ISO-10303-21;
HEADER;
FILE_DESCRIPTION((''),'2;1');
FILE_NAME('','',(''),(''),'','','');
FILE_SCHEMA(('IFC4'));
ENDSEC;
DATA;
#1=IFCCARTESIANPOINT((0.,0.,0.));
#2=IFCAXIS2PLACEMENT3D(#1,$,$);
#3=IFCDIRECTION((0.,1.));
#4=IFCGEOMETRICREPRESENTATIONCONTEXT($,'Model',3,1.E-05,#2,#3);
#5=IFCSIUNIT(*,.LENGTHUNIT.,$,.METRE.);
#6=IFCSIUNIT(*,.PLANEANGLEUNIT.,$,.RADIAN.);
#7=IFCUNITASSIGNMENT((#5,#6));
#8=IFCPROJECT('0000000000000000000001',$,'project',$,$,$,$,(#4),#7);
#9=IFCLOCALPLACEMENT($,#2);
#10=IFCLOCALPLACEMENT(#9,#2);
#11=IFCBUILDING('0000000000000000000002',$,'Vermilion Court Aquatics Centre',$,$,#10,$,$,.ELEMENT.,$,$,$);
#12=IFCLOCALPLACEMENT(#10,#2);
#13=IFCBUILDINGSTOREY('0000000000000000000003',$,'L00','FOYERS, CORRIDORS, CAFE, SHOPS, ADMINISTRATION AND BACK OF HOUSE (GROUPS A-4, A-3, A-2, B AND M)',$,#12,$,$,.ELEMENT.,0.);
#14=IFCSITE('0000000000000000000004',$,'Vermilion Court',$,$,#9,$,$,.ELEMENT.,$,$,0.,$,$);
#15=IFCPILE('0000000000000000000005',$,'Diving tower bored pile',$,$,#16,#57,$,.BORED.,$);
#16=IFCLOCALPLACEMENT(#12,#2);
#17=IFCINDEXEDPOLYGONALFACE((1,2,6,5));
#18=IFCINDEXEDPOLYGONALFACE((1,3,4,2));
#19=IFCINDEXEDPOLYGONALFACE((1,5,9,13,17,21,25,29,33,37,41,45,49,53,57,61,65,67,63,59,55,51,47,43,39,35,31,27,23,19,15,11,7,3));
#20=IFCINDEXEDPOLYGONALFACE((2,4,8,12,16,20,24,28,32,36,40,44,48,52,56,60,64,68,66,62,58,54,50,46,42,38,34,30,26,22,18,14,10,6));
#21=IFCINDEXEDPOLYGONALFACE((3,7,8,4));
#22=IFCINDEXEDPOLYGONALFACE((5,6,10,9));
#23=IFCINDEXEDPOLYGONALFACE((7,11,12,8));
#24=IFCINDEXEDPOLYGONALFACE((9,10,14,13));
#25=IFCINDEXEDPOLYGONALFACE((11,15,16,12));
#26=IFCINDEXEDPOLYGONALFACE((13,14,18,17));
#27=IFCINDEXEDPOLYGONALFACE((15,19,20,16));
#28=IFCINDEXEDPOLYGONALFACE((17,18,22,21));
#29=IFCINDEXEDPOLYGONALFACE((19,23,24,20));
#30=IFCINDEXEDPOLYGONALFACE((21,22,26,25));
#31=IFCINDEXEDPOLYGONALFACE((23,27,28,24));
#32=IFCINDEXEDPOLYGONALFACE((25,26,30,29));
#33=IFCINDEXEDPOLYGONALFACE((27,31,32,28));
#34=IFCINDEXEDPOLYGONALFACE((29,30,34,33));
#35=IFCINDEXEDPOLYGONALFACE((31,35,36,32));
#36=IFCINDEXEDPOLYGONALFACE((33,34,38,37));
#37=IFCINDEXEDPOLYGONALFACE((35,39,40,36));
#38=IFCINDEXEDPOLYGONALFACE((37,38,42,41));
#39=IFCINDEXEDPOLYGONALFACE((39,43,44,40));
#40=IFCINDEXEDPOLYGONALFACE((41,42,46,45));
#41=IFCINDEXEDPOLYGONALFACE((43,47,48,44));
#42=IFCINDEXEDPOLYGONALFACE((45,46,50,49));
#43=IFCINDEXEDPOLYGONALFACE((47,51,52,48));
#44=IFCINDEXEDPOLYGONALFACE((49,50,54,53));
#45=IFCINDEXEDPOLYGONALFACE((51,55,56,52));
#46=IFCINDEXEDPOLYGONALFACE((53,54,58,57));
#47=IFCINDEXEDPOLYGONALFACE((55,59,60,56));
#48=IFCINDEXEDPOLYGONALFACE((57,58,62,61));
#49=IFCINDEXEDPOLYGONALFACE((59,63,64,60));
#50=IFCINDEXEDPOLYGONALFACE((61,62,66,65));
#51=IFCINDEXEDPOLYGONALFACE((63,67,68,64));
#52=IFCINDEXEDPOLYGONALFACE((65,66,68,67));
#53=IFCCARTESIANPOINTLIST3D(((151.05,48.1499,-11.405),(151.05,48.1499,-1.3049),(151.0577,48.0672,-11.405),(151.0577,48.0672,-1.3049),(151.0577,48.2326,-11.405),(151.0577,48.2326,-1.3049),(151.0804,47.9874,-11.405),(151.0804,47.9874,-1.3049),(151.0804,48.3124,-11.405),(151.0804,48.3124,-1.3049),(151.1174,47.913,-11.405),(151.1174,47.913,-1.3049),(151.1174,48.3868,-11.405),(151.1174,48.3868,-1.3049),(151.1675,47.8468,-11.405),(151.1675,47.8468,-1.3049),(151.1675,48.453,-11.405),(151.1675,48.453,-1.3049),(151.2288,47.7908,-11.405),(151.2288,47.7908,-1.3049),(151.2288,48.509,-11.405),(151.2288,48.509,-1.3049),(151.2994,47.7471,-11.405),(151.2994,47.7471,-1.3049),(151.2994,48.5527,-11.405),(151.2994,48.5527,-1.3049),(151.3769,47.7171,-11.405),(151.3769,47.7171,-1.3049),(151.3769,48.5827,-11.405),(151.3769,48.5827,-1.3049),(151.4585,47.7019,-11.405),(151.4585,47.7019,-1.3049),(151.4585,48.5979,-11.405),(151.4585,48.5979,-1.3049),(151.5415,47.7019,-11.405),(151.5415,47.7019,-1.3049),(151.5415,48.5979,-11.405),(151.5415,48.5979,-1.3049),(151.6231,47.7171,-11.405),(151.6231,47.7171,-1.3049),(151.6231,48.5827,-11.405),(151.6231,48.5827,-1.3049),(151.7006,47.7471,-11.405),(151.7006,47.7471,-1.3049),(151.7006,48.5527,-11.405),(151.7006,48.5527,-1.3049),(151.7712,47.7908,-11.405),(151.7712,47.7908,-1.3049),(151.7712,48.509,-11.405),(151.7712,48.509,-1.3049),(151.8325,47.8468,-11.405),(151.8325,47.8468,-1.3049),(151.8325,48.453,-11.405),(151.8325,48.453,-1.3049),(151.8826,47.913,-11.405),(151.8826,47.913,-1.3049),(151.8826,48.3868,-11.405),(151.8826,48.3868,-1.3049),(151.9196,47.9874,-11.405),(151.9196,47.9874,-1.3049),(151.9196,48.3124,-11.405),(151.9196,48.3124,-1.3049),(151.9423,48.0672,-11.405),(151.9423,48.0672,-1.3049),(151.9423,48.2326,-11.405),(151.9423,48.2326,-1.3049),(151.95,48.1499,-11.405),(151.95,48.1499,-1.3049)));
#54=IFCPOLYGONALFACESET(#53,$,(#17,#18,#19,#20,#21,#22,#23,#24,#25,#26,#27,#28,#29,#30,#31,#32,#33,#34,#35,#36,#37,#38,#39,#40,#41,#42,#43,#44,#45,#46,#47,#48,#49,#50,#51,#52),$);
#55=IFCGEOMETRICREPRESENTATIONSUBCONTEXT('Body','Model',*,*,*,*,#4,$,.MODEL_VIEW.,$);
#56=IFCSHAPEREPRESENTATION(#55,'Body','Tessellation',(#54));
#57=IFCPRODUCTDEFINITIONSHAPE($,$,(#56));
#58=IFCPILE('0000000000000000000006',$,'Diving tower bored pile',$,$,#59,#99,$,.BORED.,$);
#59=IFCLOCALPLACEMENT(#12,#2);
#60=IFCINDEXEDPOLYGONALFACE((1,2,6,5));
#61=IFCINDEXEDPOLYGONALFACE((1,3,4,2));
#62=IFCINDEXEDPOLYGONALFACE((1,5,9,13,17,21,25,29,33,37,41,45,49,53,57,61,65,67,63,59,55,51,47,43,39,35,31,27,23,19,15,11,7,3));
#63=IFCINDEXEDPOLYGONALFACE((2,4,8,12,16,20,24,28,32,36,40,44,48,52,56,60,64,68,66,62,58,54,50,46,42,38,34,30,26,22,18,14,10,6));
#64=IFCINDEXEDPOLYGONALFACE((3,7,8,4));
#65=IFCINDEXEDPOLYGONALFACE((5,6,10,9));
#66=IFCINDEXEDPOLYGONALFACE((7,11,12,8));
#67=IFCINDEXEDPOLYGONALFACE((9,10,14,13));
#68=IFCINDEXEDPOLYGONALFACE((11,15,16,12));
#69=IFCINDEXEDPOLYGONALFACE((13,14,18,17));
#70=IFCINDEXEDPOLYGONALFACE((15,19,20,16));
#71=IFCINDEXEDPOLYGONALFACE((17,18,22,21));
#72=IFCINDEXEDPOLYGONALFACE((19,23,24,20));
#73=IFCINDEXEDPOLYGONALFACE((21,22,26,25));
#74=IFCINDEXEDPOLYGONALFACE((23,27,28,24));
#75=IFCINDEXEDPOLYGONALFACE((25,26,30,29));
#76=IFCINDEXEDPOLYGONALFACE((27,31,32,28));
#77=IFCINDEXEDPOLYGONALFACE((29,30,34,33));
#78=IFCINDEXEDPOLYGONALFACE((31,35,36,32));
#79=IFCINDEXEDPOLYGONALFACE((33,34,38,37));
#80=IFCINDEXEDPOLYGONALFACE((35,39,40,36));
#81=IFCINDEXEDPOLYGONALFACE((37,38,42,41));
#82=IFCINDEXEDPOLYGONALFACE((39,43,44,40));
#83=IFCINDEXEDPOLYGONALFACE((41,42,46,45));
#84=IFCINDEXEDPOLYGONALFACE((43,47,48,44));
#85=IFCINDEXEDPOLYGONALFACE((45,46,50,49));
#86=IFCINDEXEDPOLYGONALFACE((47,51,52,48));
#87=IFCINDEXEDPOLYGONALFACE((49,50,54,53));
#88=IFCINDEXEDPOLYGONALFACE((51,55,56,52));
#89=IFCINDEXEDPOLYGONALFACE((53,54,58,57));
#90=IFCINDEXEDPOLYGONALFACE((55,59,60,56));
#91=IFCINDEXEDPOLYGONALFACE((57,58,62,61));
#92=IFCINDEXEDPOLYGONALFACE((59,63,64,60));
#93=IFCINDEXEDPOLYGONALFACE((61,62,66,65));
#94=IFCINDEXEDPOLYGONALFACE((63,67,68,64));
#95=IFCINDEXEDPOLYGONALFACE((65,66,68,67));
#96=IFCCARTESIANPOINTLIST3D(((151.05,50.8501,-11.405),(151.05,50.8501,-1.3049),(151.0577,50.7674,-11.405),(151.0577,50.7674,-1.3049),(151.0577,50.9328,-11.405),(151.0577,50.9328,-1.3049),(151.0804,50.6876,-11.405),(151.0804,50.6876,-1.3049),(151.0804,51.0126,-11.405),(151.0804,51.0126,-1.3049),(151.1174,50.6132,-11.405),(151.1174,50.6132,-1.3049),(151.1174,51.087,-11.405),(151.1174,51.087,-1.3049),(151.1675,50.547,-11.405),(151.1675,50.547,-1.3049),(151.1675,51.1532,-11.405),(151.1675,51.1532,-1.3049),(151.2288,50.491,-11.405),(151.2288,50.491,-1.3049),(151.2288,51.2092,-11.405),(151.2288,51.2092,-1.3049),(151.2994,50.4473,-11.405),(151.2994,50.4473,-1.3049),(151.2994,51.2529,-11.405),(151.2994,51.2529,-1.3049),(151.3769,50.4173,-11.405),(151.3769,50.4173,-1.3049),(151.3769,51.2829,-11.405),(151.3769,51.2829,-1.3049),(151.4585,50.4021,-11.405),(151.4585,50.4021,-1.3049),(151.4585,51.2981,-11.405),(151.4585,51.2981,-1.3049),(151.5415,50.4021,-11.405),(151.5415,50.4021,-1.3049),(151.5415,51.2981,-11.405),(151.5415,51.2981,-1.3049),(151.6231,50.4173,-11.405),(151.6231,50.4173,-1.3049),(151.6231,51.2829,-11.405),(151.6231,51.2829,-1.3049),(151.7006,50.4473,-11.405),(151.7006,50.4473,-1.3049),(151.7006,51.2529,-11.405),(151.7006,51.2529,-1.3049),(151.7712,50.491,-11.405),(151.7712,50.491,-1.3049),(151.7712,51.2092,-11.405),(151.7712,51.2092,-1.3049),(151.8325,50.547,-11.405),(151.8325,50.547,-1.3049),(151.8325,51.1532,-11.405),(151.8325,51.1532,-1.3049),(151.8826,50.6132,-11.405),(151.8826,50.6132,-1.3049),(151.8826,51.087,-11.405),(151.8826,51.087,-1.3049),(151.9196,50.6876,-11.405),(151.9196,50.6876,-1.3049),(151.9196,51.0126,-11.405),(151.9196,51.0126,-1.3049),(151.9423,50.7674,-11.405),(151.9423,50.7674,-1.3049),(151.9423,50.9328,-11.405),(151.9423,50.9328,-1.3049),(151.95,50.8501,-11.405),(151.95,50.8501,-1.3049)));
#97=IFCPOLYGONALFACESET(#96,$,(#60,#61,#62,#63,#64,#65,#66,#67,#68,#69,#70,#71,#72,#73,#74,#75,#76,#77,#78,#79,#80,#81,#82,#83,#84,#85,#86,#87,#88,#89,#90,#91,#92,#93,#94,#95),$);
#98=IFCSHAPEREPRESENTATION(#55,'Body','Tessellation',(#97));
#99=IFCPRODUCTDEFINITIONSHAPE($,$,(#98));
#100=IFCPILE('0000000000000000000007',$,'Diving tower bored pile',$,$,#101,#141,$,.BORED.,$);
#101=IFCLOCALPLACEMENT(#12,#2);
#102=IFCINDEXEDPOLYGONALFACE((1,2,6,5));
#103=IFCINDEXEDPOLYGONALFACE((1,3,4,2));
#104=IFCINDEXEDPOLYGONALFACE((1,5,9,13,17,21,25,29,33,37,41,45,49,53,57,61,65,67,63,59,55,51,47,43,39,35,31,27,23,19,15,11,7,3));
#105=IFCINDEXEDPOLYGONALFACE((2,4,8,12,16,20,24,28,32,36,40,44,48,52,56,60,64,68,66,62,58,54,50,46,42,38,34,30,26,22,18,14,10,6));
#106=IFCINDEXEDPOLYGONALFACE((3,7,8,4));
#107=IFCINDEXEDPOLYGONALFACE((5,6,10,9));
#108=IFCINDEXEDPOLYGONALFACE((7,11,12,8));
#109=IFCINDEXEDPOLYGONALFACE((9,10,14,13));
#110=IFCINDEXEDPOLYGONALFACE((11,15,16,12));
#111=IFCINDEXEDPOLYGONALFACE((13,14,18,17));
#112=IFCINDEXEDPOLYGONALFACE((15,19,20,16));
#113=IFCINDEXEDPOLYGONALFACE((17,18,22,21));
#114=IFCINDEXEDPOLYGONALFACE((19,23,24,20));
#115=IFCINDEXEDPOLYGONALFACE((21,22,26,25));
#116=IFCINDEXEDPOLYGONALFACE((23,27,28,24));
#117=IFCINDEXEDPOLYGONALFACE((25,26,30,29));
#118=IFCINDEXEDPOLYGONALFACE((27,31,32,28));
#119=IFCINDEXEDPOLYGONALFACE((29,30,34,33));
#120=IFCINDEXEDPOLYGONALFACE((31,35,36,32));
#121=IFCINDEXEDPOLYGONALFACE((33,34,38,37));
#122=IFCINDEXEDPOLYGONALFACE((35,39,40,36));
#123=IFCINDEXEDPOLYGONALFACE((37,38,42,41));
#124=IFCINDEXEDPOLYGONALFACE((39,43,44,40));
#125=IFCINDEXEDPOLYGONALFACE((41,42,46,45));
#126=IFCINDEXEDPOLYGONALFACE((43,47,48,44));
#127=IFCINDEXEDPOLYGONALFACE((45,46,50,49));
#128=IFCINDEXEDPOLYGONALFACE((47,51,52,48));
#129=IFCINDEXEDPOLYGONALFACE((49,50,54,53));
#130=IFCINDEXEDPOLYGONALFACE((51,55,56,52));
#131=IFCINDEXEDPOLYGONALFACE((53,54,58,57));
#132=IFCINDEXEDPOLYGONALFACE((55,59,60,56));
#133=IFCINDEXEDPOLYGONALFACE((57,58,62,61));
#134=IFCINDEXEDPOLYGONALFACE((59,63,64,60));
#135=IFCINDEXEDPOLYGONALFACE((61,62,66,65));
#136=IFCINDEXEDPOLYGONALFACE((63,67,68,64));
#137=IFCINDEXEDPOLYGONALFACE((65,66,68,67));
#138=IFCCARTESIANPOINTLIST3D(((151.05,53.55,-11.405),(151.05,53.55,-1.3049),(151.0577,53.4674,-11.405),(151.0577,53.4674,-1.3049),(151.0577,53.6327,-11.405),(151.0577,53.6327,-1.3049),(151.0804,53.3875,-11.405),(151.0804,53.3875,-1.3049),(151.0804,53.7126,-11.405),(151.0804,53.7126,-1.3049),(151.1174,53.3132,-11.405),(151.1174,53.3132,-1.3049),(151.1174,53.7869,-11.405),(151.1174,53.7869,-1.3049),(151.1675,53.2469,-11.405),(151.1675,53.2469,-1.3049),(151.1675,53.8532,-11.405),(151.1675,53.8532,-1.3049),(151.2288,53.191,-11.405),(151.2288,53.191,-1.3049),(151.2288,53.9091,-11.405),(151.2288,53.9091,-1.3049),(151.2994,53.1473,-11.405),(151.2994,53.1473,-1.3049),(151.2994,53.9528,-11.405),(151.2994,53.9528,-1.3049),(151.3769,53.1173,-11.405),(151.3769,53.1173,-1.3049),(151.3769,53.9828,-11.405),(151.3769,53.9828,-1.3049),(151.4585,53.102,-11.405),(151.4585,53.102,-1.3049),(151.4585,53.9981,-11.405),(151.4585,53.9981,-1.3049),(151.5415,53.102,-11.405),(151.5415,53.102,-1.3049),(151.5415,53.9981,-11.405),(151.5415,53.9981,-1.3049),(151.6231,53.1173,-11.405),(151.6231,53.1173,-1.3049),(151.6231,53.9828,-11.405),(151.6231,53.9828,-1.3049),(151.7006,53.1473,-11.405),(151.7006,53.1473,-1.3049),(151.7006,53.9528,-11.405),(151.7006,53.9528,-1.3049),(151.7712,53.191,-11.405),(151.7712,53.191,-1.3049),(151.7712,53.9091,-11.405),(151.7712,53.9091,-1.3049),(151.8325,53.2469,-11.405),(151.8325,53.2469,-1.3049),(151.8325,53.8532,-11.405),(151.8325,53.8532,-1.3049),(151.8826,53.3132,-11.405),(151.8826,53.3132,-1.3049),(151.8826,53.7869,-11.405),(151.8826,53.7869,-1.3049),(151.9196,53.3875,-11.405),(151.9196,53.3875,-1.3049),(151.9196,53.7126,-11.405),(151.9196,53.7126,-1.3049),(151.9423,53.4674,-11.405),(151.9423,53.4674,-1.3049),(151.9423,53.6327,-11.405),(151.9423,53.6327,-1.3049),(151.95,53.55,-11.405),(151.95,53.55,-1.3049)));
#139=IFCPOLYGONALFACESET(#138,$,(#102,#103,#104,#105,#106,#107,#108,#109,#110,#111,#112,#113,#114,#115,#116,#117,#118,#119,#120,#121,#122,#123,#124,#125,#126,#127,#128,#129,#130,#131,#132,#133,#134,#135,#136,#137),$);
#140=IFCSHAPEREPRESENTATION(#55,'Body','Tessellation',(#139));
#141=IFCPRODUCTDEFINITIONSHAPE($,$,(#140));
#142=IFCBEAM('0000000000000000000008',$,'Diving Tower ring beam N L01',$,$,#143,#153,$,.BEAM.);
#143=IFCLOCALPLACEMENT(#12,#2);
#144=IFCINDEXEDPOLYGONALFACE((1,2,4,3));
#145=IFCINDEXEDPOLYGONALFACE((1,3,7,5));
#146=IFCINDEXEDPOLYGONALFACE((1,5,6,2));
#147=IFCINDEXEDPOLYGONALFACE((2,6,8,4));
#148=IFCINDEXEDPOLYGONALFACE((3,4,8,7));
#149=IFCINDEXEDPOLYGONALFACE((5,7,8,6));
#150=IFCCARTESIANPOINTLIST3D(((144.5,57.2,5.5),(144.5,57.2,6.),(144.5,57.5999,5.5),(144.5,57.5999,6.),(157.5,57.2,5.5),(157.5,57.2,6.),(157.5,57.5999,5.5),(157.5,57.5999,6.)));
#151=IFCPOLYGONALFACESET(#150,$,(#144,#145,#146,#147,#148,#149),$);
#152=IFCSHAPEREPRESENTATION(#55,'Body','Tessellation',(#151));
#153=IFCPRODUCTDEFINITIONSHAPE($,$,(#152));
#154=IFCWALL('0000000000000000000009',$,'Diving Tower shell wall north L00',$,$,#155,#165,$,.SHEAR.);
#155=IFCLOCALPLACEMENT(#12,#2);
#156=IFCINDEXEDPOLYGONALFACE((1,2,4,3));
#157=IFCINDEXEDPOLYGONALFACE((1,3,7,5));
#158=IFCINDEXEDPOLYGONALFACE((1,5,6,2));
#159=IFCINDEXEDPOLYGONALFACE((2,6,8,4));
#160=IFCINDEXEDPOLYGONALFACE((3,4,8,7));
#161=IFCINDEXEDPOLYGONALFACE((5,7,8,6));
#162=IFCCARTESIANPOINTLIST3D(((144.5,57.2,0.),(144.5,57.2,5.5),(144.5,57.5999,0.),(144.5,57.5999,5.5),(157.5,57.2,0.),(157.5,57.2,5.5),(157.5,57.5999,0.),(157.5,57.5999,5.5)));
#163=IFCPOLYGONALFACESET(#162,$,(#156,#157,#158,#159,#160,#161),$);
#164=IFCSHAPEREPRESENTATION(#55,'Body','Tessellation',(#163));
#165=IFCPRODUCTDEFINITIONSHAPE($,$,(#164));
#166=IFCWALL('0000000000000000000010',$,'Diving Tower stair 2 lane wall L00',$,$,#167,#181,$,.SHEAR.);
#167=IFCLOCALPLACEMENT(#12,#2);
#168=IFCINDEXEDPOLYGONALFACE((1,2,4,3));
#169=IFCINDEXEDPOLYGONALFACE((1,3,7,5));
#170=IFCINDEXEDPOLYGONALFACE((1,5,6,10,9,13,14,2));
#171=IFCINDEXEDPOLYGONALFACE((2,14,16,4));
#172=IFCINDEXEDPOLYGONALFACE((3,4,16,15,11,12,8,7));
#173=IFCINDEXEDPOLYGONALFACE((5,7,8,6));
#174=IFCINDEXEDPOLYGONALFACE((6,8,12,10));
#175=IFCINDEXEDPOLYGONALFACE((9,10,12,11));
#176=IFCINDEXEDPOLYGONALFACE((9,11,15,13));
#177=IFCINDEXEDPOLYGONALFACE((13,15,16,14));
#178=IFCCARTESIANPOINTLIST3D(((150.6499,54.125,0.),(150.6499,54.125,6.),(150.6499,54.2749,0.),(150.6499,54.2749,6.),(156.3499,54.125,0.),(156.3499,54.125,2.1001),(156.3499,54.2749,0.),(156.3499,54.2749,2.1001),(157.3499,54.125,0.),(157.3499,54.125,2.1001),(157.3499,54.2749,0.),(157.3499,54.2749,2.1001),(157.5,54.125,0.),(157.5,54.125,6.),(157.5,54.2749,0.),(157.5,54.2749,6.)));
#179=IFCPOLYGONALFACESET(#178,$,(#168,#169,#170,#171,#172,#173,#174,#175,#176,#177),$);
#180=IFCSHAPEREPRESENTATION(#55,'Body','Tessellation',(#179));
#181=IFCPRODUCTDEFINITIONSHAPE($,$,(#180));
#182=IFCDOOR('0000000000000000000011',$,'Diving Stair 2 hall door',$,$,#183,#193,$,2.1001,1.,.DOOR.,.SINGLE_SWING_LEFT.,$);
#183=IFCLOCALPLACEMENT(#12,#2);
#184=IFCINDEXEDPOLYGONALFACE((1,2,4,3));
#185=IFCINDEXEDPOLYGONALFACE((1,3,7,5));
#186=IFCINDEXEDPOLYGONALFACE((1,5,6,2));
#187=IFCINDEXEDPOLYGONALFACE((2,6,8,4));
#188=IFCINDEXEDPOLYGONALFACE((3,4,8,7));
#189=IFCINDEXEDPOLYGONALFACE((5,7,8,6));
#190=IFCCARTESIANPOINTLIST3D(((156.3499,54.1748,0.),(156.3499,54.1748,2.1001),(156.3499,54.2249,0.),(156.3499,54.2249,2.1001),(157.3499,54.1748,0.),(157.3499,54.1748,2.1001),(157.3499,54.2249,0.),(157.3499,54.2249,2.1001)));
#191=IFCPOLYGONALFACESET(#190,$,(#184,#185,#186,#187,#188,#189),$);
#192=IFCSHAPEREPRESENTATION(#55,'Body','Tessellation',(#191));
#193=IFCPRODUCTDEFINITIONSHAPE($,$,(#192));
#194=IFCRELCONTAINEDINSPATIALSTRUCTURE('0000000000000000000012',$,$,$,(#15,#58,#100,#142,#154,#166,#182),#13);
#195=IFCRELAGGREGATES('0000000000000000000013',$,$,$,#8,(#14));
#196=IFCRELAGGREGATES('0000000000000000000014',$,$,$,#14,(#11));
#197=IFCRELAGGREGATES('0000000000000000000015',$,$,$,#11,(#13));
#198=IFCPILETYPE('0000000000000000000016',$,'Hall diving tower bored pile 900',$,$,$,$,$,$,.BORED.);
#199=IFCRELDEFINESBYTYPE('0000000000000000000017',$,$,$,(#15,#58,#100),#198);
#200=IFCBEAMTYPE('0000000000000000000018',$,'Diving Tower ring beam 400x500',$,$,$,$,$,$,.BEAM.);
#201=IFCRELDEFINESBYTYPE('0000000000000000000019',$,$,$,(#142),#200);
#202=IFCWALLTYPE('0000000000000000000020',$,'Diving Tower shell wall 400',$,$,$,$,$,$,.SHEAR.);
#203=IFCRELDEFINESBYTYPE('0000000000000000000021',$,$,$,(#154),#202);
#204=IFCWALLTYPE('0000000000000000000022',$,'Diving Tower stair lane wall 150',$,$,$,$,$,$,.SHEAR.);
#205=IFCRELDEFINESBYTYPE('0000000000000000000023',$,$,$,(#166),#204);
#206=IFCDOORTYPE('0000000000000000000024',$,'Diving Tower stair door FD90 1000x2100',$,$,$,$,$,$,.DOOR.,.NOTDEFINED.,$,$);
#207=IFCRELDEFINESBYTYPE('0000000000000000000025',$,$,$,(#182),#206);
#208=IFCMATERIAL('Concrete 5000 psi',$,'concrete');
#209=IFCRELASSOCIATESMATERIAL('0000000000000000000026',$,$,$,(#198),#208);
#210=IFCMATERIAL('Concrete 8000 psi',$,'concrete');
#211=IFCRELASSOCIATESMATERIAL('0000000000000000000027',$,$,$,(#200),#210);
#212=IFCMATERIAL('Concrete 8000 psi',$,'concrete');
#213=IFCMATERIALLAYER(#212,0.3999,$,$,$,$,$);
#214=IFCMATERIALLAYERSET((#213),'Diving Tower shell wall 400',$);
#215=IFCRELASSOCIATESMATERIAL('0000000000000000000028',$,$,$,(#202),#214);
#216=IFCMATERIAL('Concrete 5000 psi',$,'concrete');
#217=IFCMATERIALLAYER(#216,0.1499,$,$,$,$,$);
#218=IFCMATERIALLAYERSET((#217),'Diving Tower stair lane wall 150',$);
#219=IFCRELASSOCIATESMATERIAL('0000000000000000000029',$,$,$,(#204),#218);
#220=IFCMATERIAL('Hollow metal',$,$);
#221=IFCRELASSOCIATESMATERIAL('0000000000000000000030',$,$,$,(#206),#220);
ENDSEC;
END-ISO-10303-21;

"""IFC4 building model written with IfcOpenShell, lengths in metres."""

from ifc_helpers import new_model, si_unit, direction, frame, frame_2d, origin, origin_2d, place, context, subcontext, project, spatial, rectangle, circle, extrude, material, layer, layer_set, material_profile, profile_set, type_object, element, fill, save


model = new_model("IFC4")

# Units and contexts
model_context = context("Model", 3, precision=1e-05, world=origin(), true_north=direction((0.0, 1.0)))
body_context = subcontext(model_context, "Body", "Model", "MODEL_VIEW")
ifc_project = project(units=[si_unit("LENGTHUNIT", "METRE"), si_unit("PLANEANGLEUNIT", "RADIAN")], contexts=[model_context])

# Site, building, storey
site_placement = place(None, origin())
site = spatial("IfcSite", under=ifc_project, at=site_placement, Name="Vermilion Court", CompositionType="ELEMENT", RefElevation=0.0)
building_placement = place(site_placement, origin())
building = spatial("IfcBuilding", under=site, at=building_placement, Name="Vermilion Court Aquatics Centre", CompositionType="ELEMENT")
storey_placement = place(building_placement, origin())
storey = spatial("IfcBuildingStorey", under=building, at=storey_placement, Name="L00", Description="FOYERS, CORRIDORS, CAFE, SHOPS, ADMINISTRATION AND BACK OF HOUSE (GROUPS A-4, A-3, A-2, B AND M)", CompositionType="ELEMENT", Elevation=0.0)

# Piles
ifc_material_1 = material(Name="Concrete 5000 psi", Category="concrete")
ifc_material_profile_1 = material_profile(ifc_material_1, circle(Radius=0.45, at=origin_2d()), Name="D900")
ifc_profile_set_1 = profile_set([ifc_material_profile_1], Name="Concrete 5000 psi")
pile_type = type_object("IfcPileType", Name="Hall diving tower bored pile 900", PredefinedType="BORED", material=ifc_profile_set_1)
for number, where, z_axis, x_axis, name in (
    (1, (151.5, 48.1499, -1.3049), (0.0, 0.0, -1.0), (1.0, 0.0, 0.0), "Diving tower bored pile"),
    (2, (151.5, 50.8501, -1.3049), (0.0, 0.0, -1.0), (1.0, 0.0, 0.0), "Diving tower bored pile"),
    (3, (151.5, 53.55, -1.3049), (0.0, 0.0, -1.0), (1.0, 0.0, 0.0), "Diving tower bored pile"),
):
    element("IfcPile", number, at=place(storey_placement, frame(where, z_axis=z_axis, x_axis=x_axis)), inside=storey, type_object=pile_type, Name=name, PredefinedType="BORED", context=body_context, shape_type="SweptSolid", body=[
        extrude(circle(Radius=0.45, at=origin_2d()), origin(), (0.0, 0.0, 1.0), 10.1001),
    ])

# Beam
ifc_material_2 = material(Name="Concrete 8000 psi", Category="concrete")
ifc_material_profile_2 = material_profile(ifc_material_2, rectangle(XDim=0.3999, YDim=0.5, at=origin_2d()), Name="RC 400x500")
ifc_profile_set_2 = profile_set([ifc_material_profile_2], Name="Concrete 8000 psi")
beam_type = type_object("IfcBeamType", Name="Diving Tower ring beam 400x500", PredefinedType="BEAM", material=ifc_profile_set_2)
beam_placement = place(storey_placement, frame((144.5, 57.3999, 5.75), z_axis=(1.0, 0.0, 0.0), x_axis=(0.0, 1.0, 0.0)))
element("IfcBeam", 4, at=beam_placement, inside=storey, type_object=beam_type, Name="Diving Tower ring beam N L01", PredefinedType="BEAM", context=body_context, shape_type="SweptSolid", body=[
    extrude(rectangle(XDim=0.3999, YDim=0.5, at=origin_2d()), origin(), (0.0, 0.0, 1.0), 13.0),
])

# Wall
ifc_material_3 = material(Name="Concrete 8000 psi", Category="concrete")
ifc_layer_1 = layer(ifc_material_3, 0.3999)
ifc_layer_set_1 = layer_set([ifc_layer_1], Name="Diving Tower shell wall 400")
wall_type_1 = type_object("IfcWallType", Name="Diving Tower shell wall 400", PredefinedType="SHEAR", material=ifc_layer_set_1)
wall_1_placement = place(storey_placement, frame((144.5, 57.3999, 0.0), z_axis=(0.0, 0.0, 1.0), x_axis=(1.0, 0.0, 0.0)))
element("IfcWall", 5, at=wall_1_placement, inside=storey, type_object=wall_type_1, Name="Diving Tower shell wall north L00", PredefinedType="SHEAR", context=body_context, shape_type="SweptSolid", body=[
    extrude(rectangle(XDim=13.0, YDim=0.3999, at=frame_2d((6.5, 0.0))), origin(), (0.0, 0.0, 1.0), 5.5),
])

# Wall, opening, door
ifc_material_4 = material(Name="Concrete 5000 psi", Category="concrete")
ifc_layer_2 = layer(ifc_material_4, 0.1499)
ifc_layer_set_2 = layer_set([ifc_layer_2], Name="Diving Tower stair lane wall 150")
wall_type_2 = type_object("IfcWallType", Name="Diving Tower stair lane wall 150", PredefinedType="SHEAR", material=ifc_layer_set_2)
wall_2_placement = place(storey_placement, frame((150.6499, 54.2, 0.0), z_axis=(0.0, 0.0, 1.0), x_axis=(1.0, 0.0, 0.0)))
wall_2 = element("IfcWall", 6, at=wall_2_placement, inside=storey, type_object=wall_type_2, Name="Diving Tower stair 2 lane wall L00", PredefinedType="SHEAR", context=body_context, shape_type="SweptSolid", body=[
    extrude(rectangle(XDim=6.8501, YDim=0.1499, at=frame_2d((3.425, 0.0))), origin(), (0.0, 0.0, 1.0), 6.0),
])
opening_placement = place(wall_2_placement, frame((5.7, 0.0, 0.0)))
opening = element("IfcOpeningElement", 7, at=opening_placement, cuts=wall_2, PredefinedType="OPENING", context=body_context, shape_type="SweptSolid", body=[
    extrude(rectangle(XDim=1.0, YDim=2.1001, at=frame_2d((0.5, 1.05))), frame((0.0, 0.085, 0.0), z_axis=(0.0, -1.0, 0.0), x_axis=(1.0, 0.0, 0.0)), (0.0, 0.0, 1.0), 0.1699),
])
ifc_material_5 = material(Name="Hollow metal")
door_type = type_object("IfcDoorType", Name="Diving Tower stair door FD90 1000x2100", OperationType="NOTDEFINED", PredefinedType="DOOR", material=ifc_material_5)
door_placement = place(opening_placement, frame((1.0, 0.0, 0.0), z_axis=(0.0, 0.0, 1.0), x_axis=(-1.0, 0.0, 0.0)))
door = element("IfcDoor", 8, at=door_placement, inside=storey, type_object=door_type, Name="Diving Stair 2 hall door", OperationType="SINGLE_SWING_LEFT", OverallHeight=2.1001, OverallWidth=1.0, PredefinedType="DOOR", context=body_context, shape_type="SweptSolid", body=[
    extrude(rectangle(XDim=1.0, YDim=2.1001, at=frame_2d((0.5, 1.05))), frame((0.0, 0.0251, 0.0), z_axis=(0.0, -1.0, 0.0), x_axis=(1.0, 0.0, 0.0)), (0.0, 0.0, 1.0), 0.05),
])
fill(opening, door)

save(model, "model.ifc")
